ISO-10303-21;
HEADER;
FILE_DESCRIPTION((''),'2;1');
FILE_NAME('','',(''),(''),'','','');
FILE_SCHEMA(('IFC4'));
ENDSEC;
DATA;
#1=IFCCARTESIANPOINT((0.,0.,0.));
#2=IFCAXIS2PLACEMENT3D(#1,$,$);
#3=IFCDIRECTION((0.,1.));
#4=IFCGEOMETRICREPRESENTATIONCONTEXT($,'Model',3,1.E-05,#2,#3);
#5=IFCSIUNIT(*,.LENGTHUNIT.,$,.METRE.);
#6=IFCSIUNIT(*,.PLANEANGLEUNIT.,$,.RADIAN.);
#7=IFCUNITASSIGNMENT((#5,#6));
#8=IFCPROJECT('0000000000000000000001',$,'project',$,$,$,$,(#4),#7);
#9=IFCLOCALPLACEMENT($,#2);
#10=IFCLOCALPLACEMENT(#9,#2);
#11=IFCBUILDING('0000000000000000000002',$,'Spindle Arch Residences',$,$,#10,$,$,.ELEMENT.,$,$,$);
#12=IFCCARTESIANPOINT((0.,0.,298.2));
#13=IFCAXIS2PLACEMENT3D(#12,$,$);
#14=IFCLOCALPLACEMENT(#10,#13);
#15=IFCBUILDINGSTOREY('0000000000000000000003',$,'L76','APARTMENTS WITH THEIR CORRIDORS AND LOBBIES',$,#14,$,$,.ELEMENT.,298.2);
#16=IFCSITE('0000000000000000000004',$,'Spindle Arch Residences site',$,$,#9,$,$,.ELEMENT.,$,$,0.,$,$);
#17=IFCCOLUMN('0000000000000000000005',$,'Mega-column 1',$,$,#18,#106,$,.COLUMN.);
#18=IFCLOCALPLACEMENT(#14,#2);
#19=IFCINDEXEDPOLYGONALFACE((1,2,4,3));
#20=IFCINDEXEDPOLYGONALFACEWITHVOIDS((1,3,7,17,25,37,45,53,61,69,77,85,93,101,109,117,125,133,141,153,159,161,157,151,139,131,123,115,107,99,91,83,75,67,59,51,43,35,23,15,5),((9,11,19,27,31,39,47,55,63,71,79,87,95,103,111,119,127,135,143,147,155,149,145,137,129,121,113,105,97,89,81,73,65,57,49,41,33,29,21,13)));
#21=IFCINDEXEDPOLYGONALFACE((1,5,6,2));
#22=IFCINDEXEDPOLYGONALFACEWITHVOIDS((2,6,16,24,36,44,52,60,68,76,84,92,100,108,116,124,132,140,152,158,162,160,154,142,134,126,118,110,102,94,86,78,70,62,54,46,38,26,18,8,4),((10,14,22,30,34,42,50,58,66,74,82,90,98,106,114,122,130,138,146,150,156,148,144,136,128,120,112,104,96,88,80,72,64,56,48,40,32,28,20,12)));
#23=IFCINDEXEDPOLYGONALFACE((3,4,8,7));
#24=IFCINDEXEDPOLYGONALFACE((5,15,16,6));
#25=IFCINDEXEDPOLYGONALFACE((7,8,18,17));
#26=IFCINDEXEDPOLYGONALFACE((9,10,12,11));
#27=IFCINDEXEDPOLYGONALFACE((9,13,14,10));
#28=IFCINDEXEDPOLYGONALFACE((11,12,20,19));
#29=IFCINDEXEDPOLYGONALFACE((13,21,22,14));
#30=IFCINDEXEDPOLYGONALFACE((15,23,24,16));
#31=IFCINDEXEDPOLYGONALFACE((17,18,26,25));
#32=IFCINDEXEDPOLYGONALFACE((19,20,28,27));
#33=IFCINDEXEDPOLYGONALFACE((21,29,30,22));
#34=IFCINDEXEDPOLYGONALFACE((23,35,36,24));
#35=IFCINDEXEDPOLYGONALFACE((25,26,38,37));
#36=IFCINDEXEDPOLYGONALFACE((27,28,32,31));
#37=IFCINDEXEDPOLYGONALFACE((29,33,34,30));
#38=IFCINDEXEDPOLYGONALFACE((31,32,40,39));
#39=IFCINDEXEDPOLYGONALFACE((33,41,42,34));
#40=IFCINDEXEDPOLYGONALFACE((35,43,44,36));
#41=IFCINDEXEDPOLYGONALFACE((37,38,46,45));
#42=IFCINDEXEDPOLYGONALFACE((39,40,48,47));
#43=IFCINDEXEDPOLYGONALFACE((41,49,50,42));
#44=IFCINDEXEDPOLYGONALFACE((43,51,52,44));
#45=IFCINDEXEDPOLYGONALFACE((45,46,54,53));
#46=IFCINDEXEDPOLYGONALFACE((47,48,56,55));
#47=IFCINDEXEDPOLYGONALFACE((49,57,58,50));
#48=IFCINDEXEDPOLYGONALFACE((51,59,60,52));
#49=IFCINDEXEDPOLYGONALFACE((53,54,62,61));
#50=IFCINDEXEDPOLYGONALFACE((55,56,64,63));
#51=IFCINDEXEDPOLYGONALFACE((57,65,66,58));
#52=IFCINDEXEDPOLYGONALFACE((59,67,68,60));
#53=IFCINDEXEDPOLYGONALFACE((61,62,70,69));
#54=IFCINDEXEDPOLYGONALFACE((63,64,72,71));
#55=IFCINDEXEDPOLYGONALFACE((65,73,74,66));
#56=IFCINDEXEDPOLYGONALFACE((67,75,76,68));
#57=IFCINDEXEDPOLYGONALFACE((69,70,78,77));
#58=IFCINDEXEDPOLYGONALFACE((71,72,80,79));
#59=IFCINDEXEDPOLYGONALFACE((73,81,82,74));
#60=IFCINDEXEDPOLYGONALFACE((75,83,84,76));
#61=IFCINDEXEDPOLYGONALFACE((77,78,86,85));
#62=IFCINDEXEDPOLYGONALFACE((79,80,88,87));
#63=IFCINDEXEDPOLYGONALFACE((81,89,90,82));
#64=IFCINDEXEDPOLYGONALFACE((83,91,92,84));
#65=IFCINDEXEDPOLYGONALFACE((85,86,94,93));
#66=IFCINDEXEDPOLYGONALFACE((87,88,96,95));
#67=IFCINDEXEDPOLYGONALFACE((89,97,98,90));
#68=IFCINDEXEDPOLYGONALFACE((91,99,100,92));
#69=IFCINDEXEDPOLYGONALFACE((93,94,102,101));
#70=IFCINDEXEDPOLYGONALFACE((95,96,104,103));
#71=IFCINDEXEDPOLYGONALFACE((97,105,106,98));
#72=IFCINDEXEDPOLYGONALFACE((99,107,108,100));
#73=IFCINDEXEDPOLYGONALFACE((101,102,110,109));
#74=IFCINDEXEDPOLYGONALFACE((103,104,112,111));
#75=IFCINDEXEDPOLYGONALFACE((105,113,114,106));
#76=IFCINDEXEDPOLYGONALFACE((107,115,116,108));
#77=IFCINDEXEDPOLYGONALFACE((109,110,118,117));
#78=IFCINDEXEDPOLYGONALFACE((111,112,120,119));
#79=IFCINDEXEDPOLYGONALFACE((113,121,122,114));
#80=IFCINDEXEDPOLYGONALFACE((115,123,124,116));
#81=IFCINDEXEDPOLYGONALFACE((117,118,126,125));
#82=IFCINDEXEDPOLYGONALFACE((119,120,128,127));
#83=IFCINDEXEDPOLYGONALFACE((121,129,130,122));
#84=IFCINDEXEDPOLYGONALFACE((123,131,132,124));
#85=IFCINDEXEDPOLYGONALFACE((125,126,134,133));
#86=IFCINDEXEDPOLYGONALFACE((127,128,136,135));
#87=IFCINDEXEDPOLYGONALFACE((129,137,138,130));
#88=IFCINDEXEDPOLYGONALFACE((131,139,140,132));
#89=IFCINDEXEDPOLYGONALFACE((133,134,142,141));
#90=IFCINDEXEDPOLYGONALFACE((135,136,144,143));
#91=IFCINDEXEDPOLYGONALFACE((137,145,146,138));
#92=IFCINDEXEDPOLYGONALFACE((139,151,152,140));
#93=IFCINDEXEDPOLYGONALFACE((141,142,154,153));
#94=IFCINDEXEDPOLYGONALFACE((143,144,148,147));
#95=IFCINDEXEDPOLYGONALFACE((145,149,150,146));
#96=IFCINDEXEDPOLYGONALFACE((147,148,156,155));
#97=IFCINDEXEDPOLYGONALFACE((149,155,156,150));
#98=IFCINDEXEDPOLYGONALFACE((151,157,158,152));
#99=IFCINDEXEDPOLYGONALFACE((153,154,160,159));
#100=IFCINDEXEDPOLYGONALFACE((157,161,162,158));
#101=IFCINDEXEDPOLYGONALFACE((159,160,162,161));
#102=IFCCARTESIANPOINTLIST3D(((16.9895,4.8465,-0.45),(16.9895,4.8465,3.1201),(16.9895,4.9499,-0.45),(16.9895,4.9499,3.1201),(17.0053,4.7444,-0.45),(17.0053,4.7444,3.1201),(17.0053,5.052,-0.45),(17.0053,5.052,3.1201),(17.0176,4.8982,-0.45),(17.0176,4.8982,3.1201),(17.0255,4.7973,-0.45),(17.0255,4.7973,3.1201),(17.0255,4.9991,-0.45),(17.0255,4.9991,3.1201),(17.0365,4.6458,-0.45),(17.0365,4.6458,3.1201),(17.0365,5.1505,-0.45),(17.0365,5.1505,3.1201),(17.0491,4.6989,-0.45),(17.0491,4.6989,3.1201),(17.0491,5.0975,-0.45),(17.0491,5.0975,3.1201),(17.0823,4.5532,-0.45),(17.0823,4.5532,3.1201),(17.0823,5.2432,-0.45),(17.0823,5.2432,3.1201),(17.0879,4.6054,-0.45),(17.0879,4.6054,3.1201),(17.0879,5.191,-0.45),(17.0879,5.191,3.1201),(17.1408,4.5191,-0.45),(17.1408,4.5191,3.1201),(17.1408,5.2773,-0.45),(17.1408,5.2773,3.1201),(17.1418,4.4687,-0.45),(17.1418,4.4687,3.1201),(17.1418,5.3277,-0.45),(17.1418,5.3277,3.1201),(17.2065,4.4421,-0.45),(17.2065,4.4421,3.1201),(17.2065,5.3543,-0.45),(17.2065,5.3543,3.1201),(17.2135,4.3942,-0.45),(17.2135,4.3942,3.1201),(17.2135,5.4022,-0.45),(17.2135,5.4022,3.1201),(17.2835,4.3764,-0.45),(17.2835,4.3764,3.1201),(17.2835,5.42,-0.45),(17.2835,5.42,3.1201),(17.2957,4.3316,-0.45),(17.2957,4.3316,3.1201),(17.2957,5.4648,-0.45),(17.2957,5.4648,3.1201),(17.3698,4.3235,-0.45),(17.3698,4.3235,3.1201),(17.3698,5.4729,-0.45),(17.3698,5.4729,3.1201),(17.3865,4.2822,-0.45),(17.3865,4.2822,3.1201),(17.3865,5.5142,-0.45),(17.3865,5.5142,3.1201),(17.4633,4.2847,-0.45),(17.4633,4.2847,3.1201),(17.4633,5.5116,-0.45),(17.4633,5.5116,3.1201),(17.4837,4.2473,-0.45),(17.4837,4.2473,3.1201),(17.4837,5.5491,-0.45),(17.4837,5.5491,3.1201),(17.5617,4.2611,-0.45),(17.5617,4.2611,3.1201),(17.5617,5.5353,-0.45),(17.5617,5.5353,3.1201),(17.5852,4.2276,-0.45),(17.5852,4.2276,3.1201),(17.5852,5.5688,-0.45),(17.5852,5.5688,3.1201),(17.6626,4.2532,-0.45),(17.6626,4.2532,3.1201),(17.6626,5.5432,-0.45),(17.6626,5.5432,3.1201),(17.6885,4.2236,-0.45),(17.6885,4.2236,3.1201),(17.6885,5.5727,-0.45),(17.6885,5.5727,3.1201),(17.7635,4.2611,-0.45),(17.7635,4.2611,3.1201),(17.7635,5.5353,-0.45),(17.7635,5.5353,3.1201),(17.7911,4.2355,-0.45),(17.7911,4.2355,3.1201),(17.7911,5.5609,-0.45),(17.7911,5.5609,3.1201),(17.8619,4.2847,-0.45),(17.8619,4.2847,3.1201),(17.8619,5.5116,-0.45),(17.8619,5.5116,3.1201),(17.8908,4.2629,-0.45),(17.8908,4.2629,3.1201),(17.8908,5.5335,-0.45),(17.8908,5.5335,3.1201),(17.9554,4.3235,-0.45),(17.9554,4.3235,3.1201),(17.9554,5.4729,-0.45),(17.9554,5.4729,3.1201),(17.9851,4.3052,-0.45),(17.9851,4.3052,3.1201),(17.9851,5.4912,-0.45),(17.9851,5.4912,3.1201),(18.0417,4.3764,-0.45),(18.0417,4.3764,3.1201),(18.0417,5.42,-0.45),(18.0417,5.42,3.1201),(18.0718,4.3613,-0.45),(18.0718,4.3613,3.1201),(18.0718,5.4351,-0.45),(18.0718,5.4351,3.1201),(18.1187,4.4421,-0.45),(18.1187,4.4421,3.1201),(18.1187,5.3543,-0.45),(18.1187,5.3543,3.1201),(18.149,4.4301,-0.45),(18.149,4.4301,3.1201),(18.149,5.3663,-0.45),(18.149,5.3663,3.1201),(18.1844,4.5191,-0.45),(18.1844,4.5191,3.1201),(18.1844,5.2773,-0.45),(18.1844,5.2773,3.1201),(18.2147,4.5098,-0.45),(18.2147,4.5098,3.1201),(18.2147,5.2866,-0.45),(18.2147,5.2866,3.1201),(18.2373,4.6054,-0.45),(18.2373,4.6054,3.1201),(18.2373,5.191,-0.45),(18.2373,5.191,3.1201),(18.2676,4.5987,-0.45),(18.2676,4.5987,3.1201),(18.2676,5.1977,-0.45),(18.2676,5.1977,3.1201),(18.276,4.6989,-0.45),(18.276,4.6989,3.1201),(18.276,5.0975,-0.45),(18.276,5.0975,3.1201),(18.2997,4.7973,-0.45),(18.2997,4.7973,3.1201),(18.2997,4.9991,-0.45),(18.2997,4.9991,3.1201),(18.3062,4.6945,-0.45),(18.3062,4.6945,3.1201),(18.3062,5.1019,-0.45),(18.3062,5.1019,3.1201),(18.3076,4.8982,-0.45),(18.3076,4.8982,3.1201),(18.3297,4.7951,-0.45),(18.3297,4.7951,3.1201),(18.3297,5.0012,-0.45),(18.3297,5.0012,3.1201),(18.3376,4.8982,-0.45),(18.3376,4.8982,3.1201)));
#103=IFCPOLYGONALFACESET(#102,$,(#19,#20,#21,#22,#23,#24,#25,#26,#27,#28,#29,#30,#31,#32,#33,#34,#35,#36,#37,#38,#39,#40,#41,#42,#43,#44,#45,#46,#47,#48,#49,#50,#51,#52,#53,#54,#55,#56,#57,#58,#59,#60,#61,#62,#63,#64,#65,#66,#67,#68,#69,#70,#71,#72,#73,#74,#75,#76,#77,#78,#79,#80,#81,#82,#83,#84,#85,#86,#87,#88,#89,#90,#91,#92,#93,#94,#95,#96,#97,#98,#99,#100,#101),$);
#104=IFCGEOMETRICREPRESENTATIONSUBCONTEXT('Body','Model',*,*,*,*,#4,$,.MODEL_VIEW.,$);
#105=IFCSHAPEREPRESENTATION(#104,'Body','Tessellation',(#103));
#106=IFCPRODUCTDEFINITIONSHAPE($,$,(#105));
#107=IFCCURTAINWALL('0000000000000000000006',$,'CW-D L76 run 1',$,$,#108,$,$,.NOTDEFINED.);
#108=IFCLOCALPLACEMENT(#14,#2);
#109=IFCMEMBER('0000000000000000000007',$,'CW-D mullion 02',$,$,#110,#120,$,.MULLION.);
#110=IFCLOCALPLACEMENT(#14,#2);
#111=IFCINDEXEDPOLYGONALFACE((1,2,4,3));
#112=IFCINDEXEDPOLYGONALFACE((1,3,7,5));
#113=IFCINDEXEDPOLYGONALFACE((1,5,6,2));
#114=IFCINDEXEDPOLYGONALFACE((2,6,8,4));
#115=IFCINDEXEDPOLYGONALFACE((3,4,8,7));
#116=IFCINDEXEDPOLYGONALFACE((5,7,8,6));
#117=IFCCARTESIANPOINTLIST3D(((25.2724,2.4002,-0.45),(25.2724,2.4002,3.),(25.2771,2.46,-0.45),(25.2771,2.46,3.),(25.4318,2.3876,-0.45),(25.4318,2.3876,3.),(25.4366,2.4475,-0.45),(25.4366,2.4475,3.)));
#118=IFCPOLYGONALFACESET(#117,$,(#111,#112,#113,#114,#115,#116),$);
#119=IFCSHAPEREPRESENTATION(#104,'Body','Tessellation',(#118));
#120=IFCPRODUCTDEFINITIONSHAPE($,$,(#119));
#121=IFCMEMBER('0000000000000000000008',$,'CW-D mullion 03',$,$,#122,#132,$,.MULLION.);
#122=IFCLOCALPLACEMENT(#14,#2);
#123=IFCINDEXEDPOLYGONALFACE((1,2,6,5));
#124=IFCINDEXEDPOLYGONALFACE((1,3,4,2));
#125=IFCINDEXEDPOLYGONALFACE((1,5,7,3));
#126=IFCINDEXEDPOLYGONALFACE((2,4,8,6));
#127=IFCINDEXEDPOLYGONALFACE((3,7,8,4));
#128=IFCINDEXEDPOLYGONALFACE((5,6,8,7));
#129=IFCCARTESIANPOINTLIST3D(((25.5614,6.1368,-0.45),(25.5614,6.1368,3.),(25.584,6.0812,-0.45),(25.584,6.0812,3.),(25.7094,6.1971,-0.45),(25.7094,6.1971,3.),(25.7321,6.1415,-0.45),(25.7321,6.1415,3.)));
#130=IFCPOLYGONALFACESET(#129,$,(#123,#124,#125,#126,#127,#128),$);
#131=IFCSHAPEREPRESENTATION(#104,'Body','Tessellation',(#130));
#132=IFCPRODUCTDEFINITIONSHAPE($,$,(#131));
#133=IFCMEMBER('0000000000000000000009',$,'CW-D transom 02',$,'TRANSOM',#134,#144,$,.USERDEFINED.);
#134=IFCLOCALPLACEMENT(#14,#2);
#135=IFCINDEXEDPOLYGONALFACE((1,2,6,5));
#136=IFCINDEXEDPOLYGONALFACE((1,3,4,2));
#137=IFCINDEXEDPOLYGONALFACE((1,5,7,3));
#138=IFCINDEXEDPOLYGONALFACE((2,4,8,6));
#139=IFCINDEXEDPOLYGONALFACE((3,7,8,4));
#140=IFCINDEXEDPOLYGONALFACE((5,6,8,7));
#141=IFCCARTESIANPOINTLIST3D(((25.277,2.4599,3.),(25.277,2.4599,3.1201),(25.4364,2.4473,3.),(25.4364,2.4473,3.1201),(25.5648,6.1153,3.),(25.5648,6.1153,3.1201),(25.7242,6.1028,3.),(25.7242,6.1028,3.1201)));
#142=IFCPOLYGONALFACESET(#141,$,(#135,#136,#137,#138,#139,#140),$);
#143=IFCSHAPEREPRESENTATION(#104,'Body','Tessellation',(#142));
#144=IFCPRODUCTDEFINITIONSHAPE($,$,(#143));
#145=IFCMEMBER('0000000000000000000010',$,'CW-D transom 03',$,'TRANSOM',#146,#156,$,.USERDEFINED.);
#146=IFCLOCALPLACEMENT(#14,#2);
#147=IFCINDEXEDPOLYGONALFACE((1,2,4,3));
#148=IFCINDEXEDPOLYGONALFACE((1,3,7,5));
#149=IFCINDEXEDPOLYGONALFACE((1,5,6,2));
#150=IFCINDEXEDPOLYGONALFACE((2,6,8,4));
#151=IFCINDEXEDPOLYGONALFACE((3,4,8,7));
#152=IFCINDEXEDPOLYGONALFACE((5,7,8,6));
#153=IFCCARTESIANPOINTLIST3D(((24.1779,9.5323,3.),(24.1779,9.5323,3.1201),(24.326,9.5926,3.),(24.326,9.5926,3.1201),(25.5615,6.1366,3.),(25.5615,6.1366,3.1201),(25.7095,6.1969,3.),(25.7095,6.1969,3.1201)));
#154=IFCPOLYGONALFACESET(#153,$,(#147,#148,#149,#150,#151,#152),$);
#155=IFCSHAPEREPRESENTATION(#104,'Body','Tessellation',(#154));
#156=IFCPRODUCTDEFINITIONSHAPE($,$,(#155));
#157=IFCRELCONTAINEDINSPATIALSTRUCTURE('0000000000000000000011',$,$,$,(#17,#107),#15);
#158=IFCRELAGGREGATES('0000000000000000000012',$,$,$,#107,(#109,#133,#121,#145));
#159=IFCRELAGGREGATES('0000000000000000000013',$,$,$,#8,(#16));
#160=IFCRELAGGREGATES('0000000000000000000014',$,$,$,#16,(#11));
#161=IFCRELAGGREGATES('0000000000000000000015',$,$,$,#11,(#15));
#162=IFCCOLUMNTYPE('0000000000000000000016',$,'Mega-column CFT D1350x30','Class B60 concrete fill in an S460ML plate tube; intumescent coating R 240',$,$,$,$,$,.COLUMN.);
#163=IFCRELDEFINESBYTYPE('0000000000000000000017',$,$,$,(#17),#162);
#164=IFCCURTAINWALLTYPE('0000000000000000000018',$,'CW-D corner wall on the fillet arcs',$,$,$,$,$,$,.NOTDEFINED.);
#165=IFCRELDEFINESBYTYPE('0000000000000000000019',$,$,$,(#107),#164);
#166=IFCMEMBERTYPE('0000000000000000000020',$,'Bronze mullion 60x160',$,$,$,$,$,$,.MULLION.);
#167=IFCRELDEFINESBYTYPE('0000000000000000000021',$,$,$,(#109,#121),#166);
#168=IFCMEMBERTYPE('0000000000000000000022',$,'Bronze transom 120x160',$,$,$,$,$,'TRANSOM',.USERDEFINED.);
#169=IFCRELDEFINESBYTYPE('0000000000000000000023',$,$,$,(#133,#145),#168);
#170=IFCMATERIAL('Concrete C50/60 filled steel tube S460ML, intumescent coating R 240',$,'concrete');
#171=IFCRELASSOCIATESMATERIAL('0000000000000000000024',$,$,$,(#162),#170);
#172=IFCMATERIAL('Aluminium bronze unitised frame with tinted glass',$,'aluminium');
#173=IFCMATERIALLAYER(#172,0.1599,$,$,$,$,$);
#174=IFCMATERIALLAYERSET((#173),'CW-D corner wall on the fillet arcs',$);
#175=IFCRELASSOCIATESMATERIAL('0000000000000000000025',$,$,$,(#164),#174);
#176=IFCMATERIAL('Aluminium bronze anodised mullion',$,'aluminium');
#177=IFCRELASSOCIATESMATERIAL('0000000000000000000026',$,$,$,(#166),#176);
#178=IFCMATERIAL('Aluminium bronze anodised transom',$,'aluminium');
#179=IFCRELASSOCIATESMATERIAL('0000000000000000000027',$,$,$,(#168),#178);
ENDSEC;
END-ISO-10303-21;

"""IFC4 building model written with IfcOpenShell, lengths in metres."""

from ifc_helpers import new_model, si_unit, direction, frame, origin, origin_2d, place, context, subcontext, project, spatial, rectangle, hollow_circle, extrude, material, layer, layer_set, material_profile, profile_set, type_object, element, aggregate, save


model = new_model("IFC4")

# Units and contexts
model_context = context("Model", 3, precision=1e-05, world=origin(), true_north=direction((0.0, 1.0)))
body_context = subcontext(model_context, "Body", "Model", "MODEL_VIEW")
ifc_project = project(units=[si_unit("LENGTHUNIT", "METRE"), si_unit("PLANEANGLEUNIT", "RADIAN")], contexts=[model_context])

# Site, building, storey
site_placement = place(None, origin())
site = spatial("IfcSite", under=ifc_project, at=site_placement, Name="Spindle Arch Residences site", CompositionType="ELEMENT", RefElevation=0.0)
building_placement = place(site_placement, origin())
building = spatial("IfcBuilding", under=site, at=building_placement, Name="Spindle Arch Residences", CompositionType="ELEMENT")
storey_placement = place(building_placement, frame((0.0, 0.0, 298.2)))
storey = spatial("IfcBuildingStorey", under=building, at=storey_placement, Name="L76", Description="APARTMENTS WITH THEIR CORRIDORS AND LOBBIES", CompositionType="ELEMENT", Elevation=298.2)

# Column
ifc_material_1 = material(Name="Concrete C50/60 filled steel tube S460ML, intumescent coating R 240", Category="concrete")
ifc_material_profile_1 = material_profile(ifc_material_1, hollow_circle(Radius=0.675, WallThickness=0.03, at=origin_2d()), Name="CFT D1350x30")
ifc_profile_set_1 = profile_set([ifc_material_profile_1], Name="Concrete C50/60 filled steel tube S460ML, intumescent coating R 240")
column_type = type_object("IfcColumnType", Name="Mega-column CFT D1350x30", Description="Class B60 concrete fill in an S460ML plate tube; intumescent coating R 240", PredefinedType="COLUMN", material=ifc_profile_set_1)
column_placement = place(storey_placement, frame((17.6626, 4.8982, -0.45), z_axis=(0.0, 0.0, 1.0), x_axis=(1.0, 0.0, 0.0)))
element("IfcColumn", 1, at=column_placement, inside=storey, type_object=column_type, Name="Mega-column 1", PredefinedType="COLUMN", context=body_context, shape_type="SweptSolid", body=[
    extrude(hollow_circle(Radius=0.675, WallThickness=0.03, at=origin_2d()), origin(), (0.0, 0.0, 1.0), 3.5701),
])

# Curtain wall, members
ifc_material_2 = material(Name="Aluminium bronze unitised frame with tinted glass", Category="aluminium")
ifc_layer_1 = layer(ifc_material_2, 0.1599)
ifc_layer_set_1 = layer_set([ifc_layer_1], Name="CW-D corner wall on the fillet arcs")
curtain_wall_type = type_object("IfcCurtainWallType", Name="CW-D corner wall on the fillet arcs", PredefinedType="NOTDEFINED", material=ifc_layer_set_1)
curtain_wall_placement = place(storey_placement, origin())
curtain_wall = element("IfcCurtainWall", 2, at=curtain_wall_placement, inside=storey, type_object=curtain_wall_type, Name="CW-D L76 run 1", PredefinedType="NOTDEFINED")
ifc_material_3 = material(Name="Aluminium bronze anodised mullion", Category="aluminium")
ifc_material_profile_2 = material_profile(ifc_material_3, rectangle(XDim=0.1599, YDim=0.0601, at=origin_2d()), Name="MU 60x160")
ifc_profile_set_2 = profile_set([ifc_material_profile_2], Name="Aluminium bronze anodised mullion")
member_type_1 = type_object("IfcMemberType", Name="Bronze mullion 60x160", PredefinedType="MULLION", material=ifc_profile_set_2)
member_1_placement = place(storey_placement, frame((25.3545, 2.4238, -0.45), z_axis=(0.0, 0.0, 1.0), x_axis=(-0.996917, 0.078459, 0.0)))
member_1 = element("IfcMember", 3, at=member_1_placement, type_object=member_type_1, Name="CW-D mullion 02", PredefinedType="MULLION", context=body_context, shape_type="SweptSolid", body=[
    extrude(rectangle(XDim=0.1599, YDim=0.0601, at=origin_2d()), origin(), (0.0, 0.0, 1.0), 3.45),
])
member_2_placement = place(storey_placement, frame((25.6467, 6.1392, -0.45), z_axis=(0.0, 0.0, 1.0), x_axis=(-0.92609, -0.377302, 0.0)))
member_2 = element("IfcMember", 4, at=member_2_placement, type_object=member_type_1, Name="CW-D mullion 03", PredefinedType="MULLION", context=body_context, shape_type="SweptSolid", body=[
    extrude(rectangle(XDim=0.1599, YDim=0.0601, at=origin_2d()), origin(), (0.0, 0.0, 1.0), 3.45),
])
ifc_material_4 = material(Name="Aluminium bronze anodised transom", Category="aluminium")
ifc_material_profile_3 = material_profile(ifc_material_4, rectangle(XDim=0.1599, YDim=0.1201, at=origin_2d()), Name="TR 120x160")
ifc_profile_set_3 = profile_set([ifc_material_profile_3], Name="Aluminium bronze anodised transom")
member_type_2 = type_object("IfcMemberType", Name="Bronze transom 120x160", ElementType="TRANSOM", PredefinedType="USERDEFINED", material=ifc_profile_set_3)
member_3_placement = place(storey_placement, frame((25.3567, 2.4536, 3.0601), z_axis=(0.078499, 0.996914, 0.0), x_axis=(-0.996914, 0.078499, 0.0)))
member_3 = element("IfcMember", 5, at=member_3_placement, type_object=member_type_2, Name="CW-D transom 02", ObjectType="TRANSOM", PredefinedType="USERDEFINED", context=body_context, shape_type="SweptSolid", body=[
    extrude(rectangle(XDim=0.1599, YDim=0.1201, at=origin_2d()), origin(), (0.0, 0.0, 1.0), 3.6667),
])
member_4_placement = place(storey_placement, frame((25.6355, 6.1667, 3.0601), z_axis=(-0.377318, 0.926084, 0.0), x_axis=(-0.926084, -0.377318, 0.0)))
member_4 = element("IfcMember", 6, at=member_4_placement, type_object=member_type_2, Name="CW-D transom 03", ObjectType="TRANSOM", PredefinedType="USERDEFINED", context=body_context, shape_type="SweptSolid", body=[
    extrude(rectangle(XDim=0.1599, YDim=0.1201, at=origin_2d()), origin(), (0.0, 0.0, 1.0), 3.6667),
])

aggregate(curtain_wall, [member_1, member_3, member_2, member_4])

save(model, "model.ifc")
